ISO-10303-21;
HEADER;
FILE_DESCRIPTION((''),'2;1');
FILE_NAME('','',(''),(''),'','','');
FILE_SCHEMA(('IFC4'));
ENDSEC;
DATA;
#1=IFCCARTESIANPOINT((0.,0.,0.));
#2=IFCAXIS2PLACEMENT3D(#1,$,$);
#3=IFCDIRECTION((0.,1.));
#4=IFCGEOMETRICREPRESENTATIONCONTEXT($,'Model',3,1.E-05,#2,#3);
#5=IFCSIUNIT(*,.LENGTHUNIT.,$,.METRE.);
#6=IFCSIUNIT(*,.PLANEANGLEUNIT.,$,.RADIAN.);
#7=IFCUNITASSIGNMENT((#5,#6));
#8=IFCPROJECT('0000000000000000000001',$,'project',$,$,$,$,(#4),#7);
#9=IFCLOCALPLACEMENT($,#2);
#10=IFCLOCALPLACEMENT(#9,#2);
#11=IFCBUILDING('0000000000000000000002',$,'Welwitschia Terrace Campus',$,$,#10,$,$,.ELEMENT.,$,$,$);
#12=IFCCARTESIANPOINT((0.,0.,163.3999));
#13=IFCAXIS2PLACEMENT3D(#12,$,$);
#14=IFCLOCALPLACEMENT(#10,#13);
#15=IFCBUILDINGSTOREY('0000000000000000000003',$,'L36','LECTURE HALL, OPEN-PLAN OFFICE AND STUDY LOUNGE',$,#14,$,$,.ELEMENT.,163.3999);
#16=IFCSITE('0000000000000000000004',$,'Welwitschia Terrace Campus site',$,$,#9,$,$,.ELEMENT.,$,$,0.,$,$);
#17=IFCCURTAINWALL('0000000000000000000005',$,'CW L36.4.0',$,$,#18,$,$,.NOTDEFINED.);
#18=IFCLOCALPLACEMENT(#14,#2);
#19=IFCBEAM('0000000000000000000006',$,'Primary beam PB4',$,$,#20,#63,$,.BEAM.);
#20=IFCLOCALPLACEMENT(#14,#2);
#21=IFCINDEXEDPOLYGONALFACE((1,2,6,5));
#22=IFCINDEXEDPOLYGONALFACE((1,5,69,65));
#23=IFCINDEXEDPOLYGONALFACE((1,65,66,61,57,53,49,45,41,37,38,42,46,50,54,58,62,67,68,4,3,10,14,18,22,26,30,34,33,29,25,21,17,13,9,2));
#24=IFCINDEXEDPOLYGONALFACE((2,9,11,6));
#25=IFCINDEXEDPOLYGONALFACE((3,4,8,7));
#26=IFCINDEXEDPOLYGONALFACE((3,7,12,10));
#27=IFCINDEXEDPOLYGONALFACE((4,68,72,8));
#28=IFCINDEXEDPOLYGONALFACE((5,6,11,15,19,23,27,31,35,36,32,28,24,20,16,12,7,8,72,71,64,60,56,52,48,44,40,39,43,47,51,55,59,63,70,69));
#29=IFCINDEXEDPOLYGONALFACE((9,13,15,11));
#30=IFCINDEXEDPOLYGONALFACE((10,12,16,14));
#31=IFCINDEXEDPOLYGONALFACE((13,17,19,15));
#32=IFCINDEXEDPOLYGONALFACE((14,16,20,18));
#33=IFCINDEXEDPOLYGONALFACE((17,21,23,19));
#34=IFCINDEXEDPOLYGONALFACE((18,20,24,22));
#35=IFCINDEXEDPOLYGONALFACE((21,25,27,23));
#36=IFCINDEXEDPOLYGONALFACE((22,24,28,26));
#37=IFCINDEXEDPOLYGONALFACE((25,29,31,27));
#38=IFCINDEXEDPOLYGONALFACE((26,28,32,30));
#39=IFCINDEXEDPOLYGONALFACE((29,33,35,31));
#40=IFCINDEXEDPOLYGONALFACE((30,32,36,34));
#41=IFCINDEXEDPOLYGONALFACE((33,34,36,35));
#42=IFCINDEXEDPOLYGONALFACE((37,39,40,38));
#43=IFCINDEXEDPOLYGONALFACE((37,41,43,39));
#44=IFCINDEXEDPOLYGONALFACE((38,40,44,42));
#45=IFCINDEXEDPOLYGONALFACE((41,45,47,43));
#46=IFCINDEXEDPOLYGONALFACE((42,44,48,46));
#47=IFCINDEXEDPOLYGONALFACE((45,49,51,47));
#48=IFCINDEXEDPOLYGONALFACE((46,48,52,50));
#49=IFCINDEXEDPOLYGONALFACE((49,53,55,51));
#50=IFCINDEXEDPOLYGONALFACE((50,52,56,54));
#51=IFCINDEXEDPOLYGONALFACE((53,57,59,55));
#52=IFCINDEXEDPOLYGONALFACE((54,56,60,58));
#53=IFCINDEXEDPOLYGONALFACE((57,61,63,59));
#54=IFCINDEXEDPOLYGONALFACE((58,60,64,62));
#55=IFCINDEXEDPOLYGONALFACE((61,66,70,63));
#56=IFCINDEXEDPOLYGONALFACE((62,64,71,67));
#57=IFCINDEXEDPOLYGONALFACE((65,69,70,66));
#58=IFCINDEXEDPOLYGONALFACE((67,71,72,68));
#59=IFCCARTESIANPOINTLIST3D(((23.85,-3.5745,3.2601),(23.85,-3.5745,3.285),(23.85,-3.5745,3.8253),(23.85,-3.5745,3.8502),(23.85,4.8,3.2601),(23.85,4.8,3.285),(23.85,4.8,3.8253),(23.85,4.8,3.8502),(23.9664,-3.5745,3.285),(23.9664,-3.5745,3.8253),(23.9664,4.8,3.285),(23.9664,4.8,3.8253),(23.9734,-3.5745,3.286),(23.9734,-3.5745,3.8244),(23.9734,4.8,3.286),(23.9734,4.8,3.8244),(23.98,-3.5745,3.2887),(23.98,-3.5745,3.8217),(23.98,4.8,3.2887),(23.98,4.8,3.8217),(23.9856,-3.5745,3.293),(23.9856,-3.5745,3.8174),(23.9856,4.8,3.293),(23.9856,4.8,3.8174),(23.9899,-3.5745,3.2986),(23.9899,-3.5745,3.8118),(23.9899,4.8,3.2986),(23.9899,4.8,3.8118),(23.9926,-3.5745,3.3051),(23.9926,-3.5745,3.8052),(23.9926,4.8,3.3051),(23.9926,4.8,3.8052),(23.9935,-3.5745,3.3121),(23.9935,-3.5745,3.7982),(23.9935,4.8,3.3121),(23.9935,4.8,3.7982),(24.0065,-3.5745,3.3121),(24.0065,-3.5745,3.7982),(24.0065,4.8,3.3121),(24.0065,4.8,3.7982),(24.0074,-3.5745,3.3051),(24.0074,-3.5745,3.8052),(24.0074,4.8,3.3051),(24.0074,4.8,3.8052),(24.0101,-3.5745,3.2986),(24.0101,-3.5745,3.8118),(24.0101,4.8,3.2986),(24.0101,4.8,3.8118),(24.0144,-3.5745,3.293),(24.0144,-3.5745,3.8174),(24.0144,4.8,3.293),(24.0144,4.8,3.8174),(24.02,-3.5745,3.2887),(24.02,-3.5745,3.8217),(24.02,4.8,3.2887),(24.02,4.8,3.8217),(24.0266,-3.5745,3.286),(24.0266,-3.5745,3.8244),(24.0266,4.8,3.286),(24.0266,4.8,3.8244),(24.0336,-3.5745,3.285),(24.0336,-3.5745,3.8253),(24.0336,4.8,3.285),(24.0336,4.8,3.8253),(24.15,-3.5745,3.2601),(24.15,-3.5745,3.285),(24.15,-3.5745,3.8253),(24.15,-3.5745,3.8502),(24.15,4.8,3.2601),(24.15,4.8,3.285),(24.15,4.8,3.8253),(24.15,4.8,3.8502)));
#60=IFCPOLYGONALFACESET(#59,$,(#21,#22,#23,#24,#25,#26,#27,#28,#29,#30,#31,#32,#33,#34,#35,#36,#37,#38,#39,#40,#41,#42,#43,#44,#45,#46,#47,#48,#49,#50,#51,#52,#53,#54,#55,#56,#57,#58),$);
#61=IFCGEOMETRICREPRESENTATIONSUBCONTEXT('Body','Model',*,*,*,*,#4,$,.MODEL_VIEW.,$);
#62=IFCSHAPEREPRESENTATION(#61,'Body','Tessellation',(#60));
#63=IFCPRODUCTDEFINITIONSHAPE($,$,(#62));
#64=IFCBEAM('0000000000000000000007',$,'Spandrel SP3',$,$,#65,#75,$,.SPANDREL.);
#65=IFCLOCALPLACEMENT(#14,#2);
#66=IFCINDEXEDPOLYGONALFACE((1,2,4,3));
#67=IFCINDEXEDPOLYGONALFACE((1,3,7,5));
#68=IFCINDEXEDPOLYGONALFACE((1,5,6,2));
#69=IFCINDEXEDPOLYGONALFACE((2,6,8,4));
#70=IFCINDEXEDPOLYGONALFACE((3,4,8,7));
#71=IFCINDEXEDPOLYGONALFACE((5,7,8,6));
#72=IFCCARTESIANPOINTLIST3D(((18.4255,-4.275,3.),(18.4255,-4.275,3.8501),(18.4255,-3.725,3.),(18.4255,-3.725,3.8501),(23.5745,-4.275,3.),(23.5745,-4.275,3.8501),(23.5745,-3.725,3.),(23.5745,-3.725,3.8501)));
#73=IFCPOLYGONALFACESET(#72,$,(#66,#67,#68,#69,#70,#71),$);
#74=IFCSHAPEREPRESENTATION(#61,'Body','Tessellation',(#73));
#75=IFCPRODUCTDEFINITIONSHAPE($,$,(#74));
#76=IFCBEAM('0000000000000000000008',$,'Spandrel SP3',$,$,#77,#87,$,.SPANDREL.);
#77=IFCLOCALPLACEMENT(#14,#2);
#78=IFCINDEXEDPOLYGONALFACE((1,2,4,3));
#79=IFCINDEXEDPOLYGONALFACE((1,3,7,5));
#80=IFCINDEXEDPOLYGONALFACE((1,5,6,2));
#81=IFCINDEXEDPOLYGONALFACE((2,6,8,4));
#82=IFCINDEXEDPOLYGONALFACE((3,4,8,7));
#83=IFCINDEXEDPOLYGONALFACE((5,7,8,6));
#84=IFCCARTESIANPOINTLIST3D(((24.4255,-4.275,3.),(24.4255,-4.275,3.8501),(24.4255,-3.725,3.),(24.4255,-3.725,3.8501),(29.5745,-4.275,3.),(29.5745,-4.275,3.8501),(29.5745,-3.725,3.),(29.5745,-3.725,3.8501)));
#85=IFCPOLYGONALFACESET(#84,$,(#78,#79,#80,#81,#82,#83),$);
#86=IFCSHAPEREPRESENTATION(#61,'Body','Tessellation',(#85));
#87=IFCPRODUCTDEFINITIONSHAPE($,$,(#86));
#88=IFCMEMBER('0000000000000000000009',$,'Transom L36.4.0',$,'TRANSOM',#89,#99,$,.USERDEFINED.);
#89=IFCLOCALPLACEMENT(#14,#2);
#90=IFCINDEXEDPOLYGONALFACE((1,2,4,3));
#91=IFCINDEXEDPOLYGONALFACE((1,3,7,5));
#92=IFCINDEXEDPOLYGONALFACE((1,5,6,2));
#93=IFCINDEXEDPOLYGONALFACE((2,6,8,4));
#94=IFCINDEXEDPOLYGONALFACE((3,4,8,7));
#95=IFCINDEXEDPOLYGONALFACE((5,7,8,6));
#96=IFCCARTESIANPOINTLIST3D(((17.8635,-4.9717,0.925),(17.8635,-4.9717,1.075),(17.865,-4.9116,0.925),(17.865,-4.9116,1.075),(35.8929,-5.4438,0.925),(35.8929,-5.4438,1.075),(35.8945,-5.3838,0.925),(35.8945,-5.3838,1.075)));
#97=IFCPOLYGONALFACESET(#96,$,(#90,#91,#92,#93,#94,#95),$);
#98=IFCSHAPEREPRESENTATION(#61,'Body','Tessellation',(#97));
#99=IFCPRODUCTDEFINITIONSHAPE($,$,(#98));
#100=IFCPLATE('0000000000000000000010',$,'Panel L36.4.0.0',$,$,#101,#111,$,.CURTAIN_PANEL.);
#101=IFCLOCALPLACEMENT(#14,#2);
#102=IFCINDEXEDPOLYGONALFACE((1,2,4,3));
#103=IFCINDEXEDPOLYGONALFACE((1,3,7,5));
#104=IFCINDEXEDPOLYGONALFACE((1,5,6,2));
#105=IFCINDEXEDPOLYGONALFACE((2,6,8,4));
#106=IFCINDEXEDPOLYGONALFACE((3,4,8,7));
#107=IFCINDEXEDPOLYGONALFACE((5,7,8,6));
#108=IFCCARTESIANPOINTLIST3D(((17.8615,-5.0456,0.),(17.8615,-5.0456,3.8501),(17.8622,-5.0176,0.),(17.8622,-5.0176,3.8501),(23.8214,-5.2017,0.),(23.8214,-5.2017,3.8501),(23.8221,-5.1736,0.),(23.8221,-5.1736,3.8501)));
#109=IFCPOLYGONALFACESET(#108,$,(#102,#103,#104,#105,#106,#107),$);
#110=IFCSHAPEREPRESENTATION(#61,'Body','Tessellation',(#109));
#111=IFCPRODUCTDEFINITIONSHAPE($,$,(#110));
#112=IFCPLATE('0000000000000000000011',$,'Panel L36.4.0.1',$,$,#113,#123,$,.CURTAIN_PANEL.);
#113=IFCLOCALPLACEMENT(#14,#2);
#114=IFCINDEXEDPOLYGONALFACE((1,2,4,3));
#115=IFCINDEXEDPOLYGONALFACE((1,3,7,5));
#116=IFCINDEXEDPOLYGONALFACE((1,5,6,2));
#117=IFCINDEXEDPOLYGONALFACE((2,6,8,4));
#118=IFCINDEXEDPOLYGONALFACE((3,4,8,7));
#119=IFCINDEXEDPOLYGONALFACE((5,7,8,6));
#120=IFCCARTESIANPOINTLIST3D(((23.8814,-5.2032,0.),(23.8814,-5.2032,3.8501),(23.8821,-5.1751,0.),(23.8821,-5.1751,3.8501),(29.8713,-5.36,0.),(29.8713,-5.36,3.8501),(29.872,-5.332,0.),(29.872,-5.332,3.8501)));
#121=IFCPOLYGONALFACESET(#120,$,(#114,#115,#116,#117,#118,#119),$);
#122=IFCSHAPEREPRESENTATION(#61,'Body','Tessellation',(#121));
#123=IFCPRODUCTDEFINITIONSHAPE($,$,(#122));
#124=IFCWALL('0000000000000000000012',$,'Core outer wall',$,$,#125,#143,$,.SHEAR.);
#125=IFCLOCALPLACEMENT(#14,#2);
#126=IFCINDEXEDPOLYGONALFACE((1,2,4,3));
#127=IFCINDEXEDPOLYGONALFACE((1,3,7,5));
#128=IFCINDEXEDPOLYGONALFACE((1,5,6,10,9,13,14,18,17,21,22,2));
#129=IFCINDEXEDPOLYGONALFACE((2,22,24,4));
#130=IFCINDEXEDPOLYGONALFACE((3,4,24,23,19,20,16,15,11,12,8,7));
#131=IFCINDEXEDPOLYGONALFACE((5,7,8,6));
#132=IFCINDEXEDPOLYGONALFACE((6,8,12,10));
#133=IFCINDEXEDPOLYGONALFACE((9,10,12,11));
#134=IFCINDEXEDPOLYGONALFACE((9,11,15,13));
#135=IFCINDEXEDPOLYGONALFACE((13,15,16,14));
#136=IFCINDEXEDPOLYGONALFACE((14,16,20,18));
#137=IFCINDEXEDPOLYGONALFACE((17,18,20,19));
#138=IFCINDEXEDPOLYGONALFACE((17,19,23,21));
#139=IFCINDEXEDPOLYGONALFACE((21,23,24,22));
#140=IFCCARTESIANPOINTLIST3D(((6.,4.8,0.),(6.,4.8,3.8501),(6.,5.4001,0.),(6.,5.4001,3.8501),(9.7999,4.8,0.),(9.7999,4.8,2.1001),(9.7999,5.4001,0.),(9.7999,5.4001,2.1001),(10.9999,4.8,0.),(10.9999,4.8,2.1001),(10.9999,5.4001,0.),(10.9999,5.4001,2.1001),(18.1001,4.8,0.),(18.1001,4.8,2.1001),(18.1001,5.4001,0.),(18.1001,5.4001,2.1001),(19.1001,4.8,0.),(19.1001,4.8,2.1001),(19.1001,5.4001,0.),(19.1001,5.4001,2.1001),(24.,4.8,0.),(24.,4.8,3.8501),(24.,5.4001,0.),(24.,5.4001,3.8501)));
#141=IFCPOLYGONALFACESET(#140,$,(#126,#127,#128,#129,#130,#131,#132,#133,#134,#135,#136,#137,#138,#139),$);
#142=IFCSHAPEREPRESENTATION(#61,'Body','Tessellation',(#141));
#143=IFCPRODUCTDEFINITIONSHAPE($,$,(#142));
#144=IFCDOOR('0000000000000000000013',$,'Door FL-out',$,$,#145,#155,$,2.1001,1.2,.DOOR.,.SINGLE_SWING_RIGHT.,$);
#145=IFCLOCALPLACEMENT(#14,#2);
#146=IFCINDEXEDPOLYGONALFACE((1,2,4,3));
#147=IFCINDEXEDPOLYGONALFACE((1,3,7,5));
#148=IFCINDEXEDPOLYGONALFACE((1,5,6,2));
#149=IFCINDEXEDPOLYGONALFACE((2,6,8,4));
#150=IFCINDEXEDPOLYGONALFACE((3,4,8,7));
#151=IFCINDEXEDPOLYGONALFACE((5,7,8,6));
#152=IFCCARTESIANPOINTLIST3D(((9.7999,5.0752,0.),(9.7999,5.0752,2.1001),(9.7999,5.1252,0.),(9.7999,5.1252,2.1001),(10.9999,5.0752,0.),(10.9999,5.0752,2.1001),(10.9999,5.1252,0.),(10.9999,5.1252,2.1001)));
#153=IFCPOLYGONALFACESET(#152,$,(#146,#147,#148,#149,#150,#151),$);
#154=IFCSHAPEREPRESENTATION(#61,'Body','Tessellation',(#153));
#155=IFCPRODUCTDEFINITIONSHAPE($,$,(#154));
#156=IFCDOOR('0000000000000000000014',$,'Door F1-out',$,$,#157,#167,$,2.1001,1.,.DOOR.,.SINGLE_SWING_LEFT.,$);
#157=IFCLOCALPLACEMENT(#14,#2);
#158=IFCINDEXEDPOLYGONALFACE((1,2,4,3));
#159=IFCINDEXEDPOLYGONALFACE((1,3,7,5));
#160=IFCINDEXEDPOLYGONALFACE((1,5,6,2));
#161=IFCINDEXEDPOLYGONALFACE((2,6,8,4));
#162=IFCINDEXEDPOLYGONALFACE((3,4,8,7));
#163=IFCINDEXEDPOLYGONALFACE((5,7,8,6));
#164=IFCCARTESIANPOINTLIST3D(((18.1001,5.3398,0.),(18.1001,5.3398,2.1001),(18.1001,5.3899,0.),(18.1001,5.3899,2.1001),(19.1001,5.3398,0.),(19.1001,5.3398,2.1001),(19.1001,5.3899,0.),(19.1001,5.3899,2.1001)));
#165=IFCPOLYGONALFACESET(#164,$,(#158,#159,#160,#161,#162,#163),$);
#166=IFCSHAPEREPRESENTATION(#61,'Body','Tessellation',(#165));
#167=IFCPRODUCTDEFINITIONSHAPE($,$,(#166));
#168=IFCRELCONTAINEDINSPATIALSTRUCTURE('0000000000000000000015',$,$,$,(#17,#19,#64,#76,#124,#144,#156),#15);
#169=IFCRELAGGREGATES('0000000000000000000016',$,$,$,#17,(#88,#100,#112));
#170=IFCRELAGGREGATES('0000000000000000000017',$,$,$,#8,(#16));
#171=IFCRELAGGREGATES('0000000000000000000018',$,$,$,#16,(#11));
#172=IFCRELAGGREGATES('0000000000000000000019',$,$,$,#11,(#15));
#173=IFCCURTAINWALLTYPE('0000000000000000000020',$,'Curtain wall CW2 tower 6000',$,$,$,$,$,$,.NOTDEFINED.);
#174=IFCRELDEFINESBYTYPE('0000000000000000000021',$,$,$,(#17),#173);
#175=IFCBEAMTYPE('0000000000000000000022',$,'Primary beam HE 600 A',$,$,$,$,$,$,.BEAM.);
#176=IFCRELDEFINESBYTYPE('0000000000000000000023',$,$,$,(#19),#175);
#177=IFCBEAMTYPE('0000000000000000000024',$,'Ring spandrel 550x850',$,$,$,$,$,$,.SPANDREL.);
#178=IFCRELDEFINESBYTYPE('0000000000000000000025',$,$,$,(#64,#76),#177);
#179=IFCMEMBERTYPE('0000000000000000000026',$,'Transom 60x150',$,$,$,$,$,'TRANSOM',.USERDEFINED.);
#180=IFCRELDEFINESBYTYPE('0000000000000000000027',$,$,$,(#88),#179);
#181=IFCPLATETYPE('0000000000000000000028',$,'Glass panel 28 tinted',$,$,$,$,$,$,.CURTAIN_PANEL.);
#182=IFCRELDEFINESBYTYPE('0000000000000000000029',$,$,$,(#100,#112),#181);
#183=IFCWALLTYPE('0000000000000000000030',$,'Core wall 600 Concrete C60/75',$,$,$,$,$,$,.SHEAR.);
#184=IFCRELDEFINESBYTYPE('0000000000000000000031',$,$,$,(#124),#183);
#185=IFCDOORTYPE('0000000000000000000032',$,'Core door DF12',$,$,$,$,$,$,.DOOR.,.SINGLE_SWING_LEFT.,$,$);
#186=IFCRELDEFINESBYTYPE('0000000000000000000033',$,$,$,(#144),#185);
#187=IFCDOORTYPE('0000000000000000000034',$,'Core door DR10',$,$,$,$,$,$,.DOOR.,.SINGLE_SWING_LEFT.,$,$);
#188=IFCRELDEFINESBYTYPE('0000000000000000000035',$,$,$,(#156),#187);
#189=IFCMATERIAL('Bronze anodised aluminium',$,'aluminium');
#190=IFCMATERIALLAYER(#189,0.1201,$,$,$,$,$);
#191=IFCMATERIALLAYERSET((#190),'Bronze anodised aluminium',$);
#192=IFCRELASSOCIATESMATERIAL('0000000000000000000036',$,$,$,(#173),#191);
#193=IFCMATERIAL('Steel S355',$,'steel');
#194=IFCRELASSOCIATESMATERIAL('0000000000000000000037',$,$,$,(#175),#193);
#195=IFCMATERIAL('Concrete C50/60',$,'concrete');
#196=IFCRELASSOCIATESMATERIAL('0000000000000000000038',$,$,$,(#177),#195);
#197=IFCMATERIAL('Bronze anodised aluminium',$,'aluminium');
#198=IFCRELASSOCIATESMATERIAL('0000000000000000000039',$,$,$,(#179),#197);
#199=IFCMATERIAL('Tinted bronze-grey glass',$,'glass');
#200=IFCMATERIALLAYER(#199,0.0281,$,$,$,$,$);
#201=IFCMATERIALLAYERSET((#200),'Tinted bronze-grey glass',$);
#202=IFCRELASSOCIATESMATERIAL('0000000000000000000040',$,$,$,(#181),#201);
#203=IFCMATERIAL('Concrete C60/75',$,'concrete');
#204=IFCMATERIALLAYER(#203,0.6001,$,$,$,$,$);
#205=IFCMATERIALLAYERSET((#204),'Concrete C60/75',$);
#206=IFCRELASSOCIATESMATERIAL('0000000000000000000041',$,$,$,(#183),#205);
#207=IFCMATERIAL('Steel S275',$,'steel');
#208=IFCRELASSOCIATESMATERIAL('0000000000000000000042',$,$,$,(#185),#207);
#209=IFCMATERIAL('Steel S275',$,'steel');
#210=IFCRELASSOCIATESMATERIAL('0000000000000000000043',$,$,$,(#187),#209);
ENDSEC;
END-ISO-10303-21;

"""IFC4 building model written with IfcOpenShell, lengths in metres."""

from ifc_helpers import new_model, si_unit, direction, frame, frame_2d, origin, origin_2d, place, context, subcontext, project, spatial, rectangle, i_section, extrude, material, layer, layer_set, material_profile, profile_set, type_object, element, fill, aggregate, save


model = new_model("IFC4")

# Units and contexts
model_context = context("Model", 3, precision=1e-05, world=origin(), true_north=direction((0.0, 1.0)))
body_context = subcontext(model_context, "Body", "Model", "MODEL_VIEW")
ifc_project = project(units=[si_unit("LENGTHUNIT", "METRE"), si_unit("PLANEANGLEUNIT", "RADIAN")], contexts=[model_context])

# Site, building, storey
site_placement = place(None, origin())
site = spatial("IfcSite", under=ifc_project, at=site_placement, Name="Welwitschia Terrace Campus site", CompositionType="ELEMENT", RefElevation=0.0)
building_placement = place(site_placement, origin())
building = spatial("IfcBuilding", under=site, at=building_placement, Name="Welwitschia Terrace Campus", CompositionType="ELEMENT")
storey_placement = place(building_placement, frame((0.0, 0.0, 163.3999)))
storey = spatial("IfcBuildingStorey", under=building, at=storey_placement, Name="L36", Description="LECTURE HALL, OPEN-PLAN OFFICE AND STUDY LOUNGE", CompositionType="ELEMENT", Elevation=163.3999)

# Shared definitions
ifc_material_1 = material(Name="Bronze anodised aluminium", Category="aluminium")
ifc_layer_1 = layer(ifc_material_1, 0.1201)
ifc_layer_set_1 = layer_set([ifc_layer_1], Name="Bronze anodised aluminium")
curtain_wall_type = type_object("IfcCurtainWallType", Name="Curtain wall CW2 tower 6000", PredefinedType="NOTDEFINED", material=ifc_layer_set_1)

# Curtain wall
curtain_wall_1_placement = place(storey_placement, origin())
curtain_wall_1 = element("IfcCurtainWall", 1, at=curtain_wall_1_placement, inside=storey, type_object=curtain_wall_type, Name="CW L36.4.0", PredefinedType="NOTDEFINED")

# Beams
ifc_material_2 = material(Name="Steel S355", Category="steel")
ifc_material_profile_1 = material_profile(ifc_material_2, i_section(OverallWidth=0.3, OverallDepth=0.5901, WebThickness=0.0129, FlangeThickness=0.0249, FilletRadius=0.0271, at=origin_2d()))
ifc_profile_set_1 = profile_set([ifc_material_profile_1], Name="Steel S355")
beam_type_1 = type_object("IfcBeamType", Name="Primary beam HE 600 A", PredefinedType="BEAM", material=ifc_profile_set_1)
beam_1_placement = place(storey_placement, frame((24.0, -3.5745, 3.5552), z_axis=(0.0, 1.0, 0.0), x_axis=(-1.0, 0.0, 0.0)))
element("IfcBeam", 2, at=beam_1_placement, inside=storey, type_object=beam_type_1, Name="Primary beam PB4", PredefinedType="BEAM", context=body_context, shape_type="SweptSolid", body=[
    extrude(i_section(OverallWidth=0.3, OverallDepth=0.5901, WebThickness=0.0129, FlangeThickness=0.0249, FilletRadius=0.0271, at=origin_2d()), origin(), (0.0, 0.0, 1.0), 8.3745),
])
ifc_material_3 = material(Name="Concrete C50/60", Category="concrete")
ifc_material_profile_2 = material_profile(ifc_material_3, rectangle(XDim=0.55, YDim=0.8501, at=origin_2d()))
ifc_profile_set_2 = profile_set([ifc_material_profile_2], Name="Concrete C50/60")
beam_type_2 = type_object("IfcBeamType", Name="Ring spandrel 550x850", PredefinedType="SPANDREL", material=ifc_profile_set_2)
for number, where, z_axis, x_axis, name in (
    (3, (18.4255, -4.0, 3.425), (1.0, 0.0, 0.0), (0.0, 1.0, 0.0), "Spandrel SP3"),
    (4, (24.4255, -4.0, 3.425), (1.0, 0.0, 0.0), (0.0, 1.0, 0.0), "Spandrel SP3"),
):
    element("IfcBeam", number, at=place(storey_placement, frame(where, z_axis=z_axis, x_axis=x_axis)), inside=storey, type_object=beam_type_2, Name=name, PredefinedType="SPANDREL", context=body_context, shape_type="SweptSolid", body=[
        extrude(rectangle(XDim=0.55, YDim=0.8501, at=origin_2d()), origin(), (0.0, 0.0, 1.0), 5.1489),
    ])

# Member
ifc_material_4 = material(Name="Bronze anodised aluminium", Category="aluminium")
ifc_material_profile_3 = material_profile(ifc_material_4, rectangle(XDim=0.0601, YDim=0.1499, at=origin_2d()))
ifc_profile_set_3 = profile_set([ifc_material_profile_3], Name="Bronze anodised aluminium")
member_type_1 = type_object("IfcMemberType", Name="Transom 60x150", ElementType="TRANSOM", PredefinedType="USERDEFINED", material=ifc_profile_set_3)
member_1_placement = place(storey_placement, frame((17.8643, -4.9417, 1.0), z_axis=(0.999657, -0.02618, 0.0), x_axis=(0.02618, 0.999657, 0.0)))
member_1 = element("IfcMember", 5, at=member_1_placement, type_object=member_type_1, Name="Transom L36.4.0", ObjectType="TRANSOM", PredefinedType="USERDEFINED", context=body_context, shape_type="SweptSolid", body=[
    extrude(rectangle(XDim=0.0601, YDim=0.1499, at=origin_2d()), origin(), (0.0, 0.0, 1.0), 18.0356),
])

# Plates
ifc_material_5 = material(Name="Tinted bronze-grey glass", Category="glass")
ifc_layer_2 = layer(ifc_material_5, 0.0281)
ifc_layer_set_2 = layer_set([ifc_layer_2], Name="Tinted bronze-grey glass")
plate_type = type_object("IfcPlateType", Name="Glass panel 28 tinted", PredefinedType="CURTAIN_PANEL", material=ifc_layer_set_2)
plate_1_placement = place(storey_placement, frame((20.8418, -5.1096, 0.0), z_axis=(0.0, 0.0, 1.0), x_axis=(0.999657, -0.026177, 0.0)))
plate_1 = element("IfcPlate", 6, at=plate_1_placement, type_object=plate_type, Name="Panel L36.4.0.0", PredefinedType="CURTAIN_PANEL", context=body_context, shape_type="SweptSolid", body=[
    extrude(rectangle(XDim=5.9619, YDim=0.0281, at=origin_2d()), origin(), (0.0, 0.0, 1.0), 3.8501),
])
plate_2_placement = place(storey_placement, frame((26.8767, -5.2676, 0.0), z_axis=(0.0, 0.0, 1.0), x_axis=(0.999657, -0.026177, 0.0)))
plate_2 = element("IfcPlate", 7, at=plate_2_placement, type_object=plate_type, Name="Panel L36.4.0.1", PredefinedType="CURTAIN_PANEL", context=body_context, shape_type="SweptSolid", body=[
    extrude(rectangle(XDim=5.9919, YDim=0.0281, at=origin_2d()), origin(), (0.0, 0.0, 1.0), 3.8501),
])
aggregate(curtain_wall_1, [member_1, plate_1, plate_2])

# Wall, openings, doors
ifc_material_6 = material(Name="Concrete C60/75", Category="concrete")
ifc_layer_3 = layer(ifc_material_6, 0.6001)
ifc_layer_set_3 = layer_set([ifc_layer_3], Name="Concrete C60/75")
wall_type_1 = type_object("IfcWallType", Name="Core wall 600 Concrete C60/75", PredefinedType="SHEAR", material=ifc_layer_set_3)
wall_1_placement = place(storey_placement, frame((24.0, 5.1001, 0.0), z_axis=(0.0, 0.0, 1.0), x_axis=(-1.0, 0.0, 0.0)))
wall_1 = element("IfcWall", 8, at=wall_1_placement, inside=storey, type_object=wall_type_1, Name="Core outer wall", PredefinedType="SHEAR", context=body_context, shape_type="SweptSolid", body=[
    extrude(rectangle(XDim=18.0, YDim=0.6001, at=frame_2d((9.0, 0.0))), origin(), (0.0, 0.0, 1.0), 3.8501),
])
opening_1_placement = place(wall_1_placement, frame((13.0, 0.0, 0.0)))
opening_1 = element("IfcOpeningElement", 9, at=opening_1_placement, cuts=wall_1, PredefinedType="OPENING", context=body_context, shape_type="SweptSolid", body=[
    extrude(rectangle(XDim=1.2, YDim=2.1001, at=frame_2d((0.6001, 1.05))), frame((0.0, 0.3101, 0.0), z_axis=(0.0, -1.0, 0.0), x_axis=(1.0, 0.0, 0.0)), (0.0, 0.0, 1.0), 0.6201),
])
opening_2_placement = place(wall_1_placement, frame((4.8999, 0.0, 0.0)))
opening_2 = element("IfcOpeningElement", 10, at=opening_2_placement, cuts=wall_1, PredefinedType="OPENING", context=body_context, shape_type="SweptSolid", body=[
    extrude(rectangle(XDim=1.0, YDim=2.1001, at=frame_2d((0.5, 1.05))), frame((0.0, 0.3101, 0.0), z_axis=(0.0, -1.0, 0.0), x_axis=(1.0, 0.0, 0.0)), (0.0, 0.0, 1.0), 0.6201),
])
ifc_material_7 = material(Name="Steel S275", Category="steel")
door_type_1 = type_object("IfcDoorType", Name="Core door DF12", OperationType="SINGLE_SWING_LEFT", PredefinedType="DOOR", material=ifc_material_7)
door_1_placement = place(opening_1_placement, origin())
door_1 = element("IfcDoor", 11, at=door_1_placement, inside=storey, type_object=door_type_1, Name="Door FL-out", OperationType="SINGLE_SWING_RIGHT", OverallHeight=2.1001, OverallWidth=1.2, PredefinedType="DOOR", context=body_context, shape_type="SweptSolid", body=[
    extrude(rectangle(XDim=1.2, YDim=2.1001, at=frame_2d((0.6001, 1.05))), frame((0.0, 0.0249, 0.0), z_axis=(0.0, -1.0, 0.0), x_axis=(1.0, 0.0, 0.0)), (0.0, 0.0, 1.0), 0.05),
])
fill(opening_1, door_1)
ifc_material_8 = material(Name="Steel S275", Category="steel")
door_type_2 = type_object("IfcDoorType", Name="Core door DR10", OperationType="SINGLE_SWING_LEFT", PredefinedType="DOOR", material=ifc_material_8)
door_2_placement = place(opening_2_placement, origin())
door_2 = element("IfcDoor", 12, at=door_2_placement, inside=storey, type_object=door_type_2, Name="Door F1-out", OperationType="SINGLE_SWING_LEFT", OverallHeight=2.1001, OverallWidth=1.0, PredefinedType="DOOR", context=body_context, shape_type="SweptSolid", body=[
    extrude(rectangle(XDim=1.0, YDim=2.1001, at=frame_2d((0.5, 1.05))), frame((0.0, -0.2397, 0.0), z_axis=(0.0, -1.0, 0.0), x_axis=(1.0, 0.0, 0.0)), (0.0, 0.0, 1.0), 0.05),
])
fill(opening_2, door_2)

save(model, "model.ifc")
